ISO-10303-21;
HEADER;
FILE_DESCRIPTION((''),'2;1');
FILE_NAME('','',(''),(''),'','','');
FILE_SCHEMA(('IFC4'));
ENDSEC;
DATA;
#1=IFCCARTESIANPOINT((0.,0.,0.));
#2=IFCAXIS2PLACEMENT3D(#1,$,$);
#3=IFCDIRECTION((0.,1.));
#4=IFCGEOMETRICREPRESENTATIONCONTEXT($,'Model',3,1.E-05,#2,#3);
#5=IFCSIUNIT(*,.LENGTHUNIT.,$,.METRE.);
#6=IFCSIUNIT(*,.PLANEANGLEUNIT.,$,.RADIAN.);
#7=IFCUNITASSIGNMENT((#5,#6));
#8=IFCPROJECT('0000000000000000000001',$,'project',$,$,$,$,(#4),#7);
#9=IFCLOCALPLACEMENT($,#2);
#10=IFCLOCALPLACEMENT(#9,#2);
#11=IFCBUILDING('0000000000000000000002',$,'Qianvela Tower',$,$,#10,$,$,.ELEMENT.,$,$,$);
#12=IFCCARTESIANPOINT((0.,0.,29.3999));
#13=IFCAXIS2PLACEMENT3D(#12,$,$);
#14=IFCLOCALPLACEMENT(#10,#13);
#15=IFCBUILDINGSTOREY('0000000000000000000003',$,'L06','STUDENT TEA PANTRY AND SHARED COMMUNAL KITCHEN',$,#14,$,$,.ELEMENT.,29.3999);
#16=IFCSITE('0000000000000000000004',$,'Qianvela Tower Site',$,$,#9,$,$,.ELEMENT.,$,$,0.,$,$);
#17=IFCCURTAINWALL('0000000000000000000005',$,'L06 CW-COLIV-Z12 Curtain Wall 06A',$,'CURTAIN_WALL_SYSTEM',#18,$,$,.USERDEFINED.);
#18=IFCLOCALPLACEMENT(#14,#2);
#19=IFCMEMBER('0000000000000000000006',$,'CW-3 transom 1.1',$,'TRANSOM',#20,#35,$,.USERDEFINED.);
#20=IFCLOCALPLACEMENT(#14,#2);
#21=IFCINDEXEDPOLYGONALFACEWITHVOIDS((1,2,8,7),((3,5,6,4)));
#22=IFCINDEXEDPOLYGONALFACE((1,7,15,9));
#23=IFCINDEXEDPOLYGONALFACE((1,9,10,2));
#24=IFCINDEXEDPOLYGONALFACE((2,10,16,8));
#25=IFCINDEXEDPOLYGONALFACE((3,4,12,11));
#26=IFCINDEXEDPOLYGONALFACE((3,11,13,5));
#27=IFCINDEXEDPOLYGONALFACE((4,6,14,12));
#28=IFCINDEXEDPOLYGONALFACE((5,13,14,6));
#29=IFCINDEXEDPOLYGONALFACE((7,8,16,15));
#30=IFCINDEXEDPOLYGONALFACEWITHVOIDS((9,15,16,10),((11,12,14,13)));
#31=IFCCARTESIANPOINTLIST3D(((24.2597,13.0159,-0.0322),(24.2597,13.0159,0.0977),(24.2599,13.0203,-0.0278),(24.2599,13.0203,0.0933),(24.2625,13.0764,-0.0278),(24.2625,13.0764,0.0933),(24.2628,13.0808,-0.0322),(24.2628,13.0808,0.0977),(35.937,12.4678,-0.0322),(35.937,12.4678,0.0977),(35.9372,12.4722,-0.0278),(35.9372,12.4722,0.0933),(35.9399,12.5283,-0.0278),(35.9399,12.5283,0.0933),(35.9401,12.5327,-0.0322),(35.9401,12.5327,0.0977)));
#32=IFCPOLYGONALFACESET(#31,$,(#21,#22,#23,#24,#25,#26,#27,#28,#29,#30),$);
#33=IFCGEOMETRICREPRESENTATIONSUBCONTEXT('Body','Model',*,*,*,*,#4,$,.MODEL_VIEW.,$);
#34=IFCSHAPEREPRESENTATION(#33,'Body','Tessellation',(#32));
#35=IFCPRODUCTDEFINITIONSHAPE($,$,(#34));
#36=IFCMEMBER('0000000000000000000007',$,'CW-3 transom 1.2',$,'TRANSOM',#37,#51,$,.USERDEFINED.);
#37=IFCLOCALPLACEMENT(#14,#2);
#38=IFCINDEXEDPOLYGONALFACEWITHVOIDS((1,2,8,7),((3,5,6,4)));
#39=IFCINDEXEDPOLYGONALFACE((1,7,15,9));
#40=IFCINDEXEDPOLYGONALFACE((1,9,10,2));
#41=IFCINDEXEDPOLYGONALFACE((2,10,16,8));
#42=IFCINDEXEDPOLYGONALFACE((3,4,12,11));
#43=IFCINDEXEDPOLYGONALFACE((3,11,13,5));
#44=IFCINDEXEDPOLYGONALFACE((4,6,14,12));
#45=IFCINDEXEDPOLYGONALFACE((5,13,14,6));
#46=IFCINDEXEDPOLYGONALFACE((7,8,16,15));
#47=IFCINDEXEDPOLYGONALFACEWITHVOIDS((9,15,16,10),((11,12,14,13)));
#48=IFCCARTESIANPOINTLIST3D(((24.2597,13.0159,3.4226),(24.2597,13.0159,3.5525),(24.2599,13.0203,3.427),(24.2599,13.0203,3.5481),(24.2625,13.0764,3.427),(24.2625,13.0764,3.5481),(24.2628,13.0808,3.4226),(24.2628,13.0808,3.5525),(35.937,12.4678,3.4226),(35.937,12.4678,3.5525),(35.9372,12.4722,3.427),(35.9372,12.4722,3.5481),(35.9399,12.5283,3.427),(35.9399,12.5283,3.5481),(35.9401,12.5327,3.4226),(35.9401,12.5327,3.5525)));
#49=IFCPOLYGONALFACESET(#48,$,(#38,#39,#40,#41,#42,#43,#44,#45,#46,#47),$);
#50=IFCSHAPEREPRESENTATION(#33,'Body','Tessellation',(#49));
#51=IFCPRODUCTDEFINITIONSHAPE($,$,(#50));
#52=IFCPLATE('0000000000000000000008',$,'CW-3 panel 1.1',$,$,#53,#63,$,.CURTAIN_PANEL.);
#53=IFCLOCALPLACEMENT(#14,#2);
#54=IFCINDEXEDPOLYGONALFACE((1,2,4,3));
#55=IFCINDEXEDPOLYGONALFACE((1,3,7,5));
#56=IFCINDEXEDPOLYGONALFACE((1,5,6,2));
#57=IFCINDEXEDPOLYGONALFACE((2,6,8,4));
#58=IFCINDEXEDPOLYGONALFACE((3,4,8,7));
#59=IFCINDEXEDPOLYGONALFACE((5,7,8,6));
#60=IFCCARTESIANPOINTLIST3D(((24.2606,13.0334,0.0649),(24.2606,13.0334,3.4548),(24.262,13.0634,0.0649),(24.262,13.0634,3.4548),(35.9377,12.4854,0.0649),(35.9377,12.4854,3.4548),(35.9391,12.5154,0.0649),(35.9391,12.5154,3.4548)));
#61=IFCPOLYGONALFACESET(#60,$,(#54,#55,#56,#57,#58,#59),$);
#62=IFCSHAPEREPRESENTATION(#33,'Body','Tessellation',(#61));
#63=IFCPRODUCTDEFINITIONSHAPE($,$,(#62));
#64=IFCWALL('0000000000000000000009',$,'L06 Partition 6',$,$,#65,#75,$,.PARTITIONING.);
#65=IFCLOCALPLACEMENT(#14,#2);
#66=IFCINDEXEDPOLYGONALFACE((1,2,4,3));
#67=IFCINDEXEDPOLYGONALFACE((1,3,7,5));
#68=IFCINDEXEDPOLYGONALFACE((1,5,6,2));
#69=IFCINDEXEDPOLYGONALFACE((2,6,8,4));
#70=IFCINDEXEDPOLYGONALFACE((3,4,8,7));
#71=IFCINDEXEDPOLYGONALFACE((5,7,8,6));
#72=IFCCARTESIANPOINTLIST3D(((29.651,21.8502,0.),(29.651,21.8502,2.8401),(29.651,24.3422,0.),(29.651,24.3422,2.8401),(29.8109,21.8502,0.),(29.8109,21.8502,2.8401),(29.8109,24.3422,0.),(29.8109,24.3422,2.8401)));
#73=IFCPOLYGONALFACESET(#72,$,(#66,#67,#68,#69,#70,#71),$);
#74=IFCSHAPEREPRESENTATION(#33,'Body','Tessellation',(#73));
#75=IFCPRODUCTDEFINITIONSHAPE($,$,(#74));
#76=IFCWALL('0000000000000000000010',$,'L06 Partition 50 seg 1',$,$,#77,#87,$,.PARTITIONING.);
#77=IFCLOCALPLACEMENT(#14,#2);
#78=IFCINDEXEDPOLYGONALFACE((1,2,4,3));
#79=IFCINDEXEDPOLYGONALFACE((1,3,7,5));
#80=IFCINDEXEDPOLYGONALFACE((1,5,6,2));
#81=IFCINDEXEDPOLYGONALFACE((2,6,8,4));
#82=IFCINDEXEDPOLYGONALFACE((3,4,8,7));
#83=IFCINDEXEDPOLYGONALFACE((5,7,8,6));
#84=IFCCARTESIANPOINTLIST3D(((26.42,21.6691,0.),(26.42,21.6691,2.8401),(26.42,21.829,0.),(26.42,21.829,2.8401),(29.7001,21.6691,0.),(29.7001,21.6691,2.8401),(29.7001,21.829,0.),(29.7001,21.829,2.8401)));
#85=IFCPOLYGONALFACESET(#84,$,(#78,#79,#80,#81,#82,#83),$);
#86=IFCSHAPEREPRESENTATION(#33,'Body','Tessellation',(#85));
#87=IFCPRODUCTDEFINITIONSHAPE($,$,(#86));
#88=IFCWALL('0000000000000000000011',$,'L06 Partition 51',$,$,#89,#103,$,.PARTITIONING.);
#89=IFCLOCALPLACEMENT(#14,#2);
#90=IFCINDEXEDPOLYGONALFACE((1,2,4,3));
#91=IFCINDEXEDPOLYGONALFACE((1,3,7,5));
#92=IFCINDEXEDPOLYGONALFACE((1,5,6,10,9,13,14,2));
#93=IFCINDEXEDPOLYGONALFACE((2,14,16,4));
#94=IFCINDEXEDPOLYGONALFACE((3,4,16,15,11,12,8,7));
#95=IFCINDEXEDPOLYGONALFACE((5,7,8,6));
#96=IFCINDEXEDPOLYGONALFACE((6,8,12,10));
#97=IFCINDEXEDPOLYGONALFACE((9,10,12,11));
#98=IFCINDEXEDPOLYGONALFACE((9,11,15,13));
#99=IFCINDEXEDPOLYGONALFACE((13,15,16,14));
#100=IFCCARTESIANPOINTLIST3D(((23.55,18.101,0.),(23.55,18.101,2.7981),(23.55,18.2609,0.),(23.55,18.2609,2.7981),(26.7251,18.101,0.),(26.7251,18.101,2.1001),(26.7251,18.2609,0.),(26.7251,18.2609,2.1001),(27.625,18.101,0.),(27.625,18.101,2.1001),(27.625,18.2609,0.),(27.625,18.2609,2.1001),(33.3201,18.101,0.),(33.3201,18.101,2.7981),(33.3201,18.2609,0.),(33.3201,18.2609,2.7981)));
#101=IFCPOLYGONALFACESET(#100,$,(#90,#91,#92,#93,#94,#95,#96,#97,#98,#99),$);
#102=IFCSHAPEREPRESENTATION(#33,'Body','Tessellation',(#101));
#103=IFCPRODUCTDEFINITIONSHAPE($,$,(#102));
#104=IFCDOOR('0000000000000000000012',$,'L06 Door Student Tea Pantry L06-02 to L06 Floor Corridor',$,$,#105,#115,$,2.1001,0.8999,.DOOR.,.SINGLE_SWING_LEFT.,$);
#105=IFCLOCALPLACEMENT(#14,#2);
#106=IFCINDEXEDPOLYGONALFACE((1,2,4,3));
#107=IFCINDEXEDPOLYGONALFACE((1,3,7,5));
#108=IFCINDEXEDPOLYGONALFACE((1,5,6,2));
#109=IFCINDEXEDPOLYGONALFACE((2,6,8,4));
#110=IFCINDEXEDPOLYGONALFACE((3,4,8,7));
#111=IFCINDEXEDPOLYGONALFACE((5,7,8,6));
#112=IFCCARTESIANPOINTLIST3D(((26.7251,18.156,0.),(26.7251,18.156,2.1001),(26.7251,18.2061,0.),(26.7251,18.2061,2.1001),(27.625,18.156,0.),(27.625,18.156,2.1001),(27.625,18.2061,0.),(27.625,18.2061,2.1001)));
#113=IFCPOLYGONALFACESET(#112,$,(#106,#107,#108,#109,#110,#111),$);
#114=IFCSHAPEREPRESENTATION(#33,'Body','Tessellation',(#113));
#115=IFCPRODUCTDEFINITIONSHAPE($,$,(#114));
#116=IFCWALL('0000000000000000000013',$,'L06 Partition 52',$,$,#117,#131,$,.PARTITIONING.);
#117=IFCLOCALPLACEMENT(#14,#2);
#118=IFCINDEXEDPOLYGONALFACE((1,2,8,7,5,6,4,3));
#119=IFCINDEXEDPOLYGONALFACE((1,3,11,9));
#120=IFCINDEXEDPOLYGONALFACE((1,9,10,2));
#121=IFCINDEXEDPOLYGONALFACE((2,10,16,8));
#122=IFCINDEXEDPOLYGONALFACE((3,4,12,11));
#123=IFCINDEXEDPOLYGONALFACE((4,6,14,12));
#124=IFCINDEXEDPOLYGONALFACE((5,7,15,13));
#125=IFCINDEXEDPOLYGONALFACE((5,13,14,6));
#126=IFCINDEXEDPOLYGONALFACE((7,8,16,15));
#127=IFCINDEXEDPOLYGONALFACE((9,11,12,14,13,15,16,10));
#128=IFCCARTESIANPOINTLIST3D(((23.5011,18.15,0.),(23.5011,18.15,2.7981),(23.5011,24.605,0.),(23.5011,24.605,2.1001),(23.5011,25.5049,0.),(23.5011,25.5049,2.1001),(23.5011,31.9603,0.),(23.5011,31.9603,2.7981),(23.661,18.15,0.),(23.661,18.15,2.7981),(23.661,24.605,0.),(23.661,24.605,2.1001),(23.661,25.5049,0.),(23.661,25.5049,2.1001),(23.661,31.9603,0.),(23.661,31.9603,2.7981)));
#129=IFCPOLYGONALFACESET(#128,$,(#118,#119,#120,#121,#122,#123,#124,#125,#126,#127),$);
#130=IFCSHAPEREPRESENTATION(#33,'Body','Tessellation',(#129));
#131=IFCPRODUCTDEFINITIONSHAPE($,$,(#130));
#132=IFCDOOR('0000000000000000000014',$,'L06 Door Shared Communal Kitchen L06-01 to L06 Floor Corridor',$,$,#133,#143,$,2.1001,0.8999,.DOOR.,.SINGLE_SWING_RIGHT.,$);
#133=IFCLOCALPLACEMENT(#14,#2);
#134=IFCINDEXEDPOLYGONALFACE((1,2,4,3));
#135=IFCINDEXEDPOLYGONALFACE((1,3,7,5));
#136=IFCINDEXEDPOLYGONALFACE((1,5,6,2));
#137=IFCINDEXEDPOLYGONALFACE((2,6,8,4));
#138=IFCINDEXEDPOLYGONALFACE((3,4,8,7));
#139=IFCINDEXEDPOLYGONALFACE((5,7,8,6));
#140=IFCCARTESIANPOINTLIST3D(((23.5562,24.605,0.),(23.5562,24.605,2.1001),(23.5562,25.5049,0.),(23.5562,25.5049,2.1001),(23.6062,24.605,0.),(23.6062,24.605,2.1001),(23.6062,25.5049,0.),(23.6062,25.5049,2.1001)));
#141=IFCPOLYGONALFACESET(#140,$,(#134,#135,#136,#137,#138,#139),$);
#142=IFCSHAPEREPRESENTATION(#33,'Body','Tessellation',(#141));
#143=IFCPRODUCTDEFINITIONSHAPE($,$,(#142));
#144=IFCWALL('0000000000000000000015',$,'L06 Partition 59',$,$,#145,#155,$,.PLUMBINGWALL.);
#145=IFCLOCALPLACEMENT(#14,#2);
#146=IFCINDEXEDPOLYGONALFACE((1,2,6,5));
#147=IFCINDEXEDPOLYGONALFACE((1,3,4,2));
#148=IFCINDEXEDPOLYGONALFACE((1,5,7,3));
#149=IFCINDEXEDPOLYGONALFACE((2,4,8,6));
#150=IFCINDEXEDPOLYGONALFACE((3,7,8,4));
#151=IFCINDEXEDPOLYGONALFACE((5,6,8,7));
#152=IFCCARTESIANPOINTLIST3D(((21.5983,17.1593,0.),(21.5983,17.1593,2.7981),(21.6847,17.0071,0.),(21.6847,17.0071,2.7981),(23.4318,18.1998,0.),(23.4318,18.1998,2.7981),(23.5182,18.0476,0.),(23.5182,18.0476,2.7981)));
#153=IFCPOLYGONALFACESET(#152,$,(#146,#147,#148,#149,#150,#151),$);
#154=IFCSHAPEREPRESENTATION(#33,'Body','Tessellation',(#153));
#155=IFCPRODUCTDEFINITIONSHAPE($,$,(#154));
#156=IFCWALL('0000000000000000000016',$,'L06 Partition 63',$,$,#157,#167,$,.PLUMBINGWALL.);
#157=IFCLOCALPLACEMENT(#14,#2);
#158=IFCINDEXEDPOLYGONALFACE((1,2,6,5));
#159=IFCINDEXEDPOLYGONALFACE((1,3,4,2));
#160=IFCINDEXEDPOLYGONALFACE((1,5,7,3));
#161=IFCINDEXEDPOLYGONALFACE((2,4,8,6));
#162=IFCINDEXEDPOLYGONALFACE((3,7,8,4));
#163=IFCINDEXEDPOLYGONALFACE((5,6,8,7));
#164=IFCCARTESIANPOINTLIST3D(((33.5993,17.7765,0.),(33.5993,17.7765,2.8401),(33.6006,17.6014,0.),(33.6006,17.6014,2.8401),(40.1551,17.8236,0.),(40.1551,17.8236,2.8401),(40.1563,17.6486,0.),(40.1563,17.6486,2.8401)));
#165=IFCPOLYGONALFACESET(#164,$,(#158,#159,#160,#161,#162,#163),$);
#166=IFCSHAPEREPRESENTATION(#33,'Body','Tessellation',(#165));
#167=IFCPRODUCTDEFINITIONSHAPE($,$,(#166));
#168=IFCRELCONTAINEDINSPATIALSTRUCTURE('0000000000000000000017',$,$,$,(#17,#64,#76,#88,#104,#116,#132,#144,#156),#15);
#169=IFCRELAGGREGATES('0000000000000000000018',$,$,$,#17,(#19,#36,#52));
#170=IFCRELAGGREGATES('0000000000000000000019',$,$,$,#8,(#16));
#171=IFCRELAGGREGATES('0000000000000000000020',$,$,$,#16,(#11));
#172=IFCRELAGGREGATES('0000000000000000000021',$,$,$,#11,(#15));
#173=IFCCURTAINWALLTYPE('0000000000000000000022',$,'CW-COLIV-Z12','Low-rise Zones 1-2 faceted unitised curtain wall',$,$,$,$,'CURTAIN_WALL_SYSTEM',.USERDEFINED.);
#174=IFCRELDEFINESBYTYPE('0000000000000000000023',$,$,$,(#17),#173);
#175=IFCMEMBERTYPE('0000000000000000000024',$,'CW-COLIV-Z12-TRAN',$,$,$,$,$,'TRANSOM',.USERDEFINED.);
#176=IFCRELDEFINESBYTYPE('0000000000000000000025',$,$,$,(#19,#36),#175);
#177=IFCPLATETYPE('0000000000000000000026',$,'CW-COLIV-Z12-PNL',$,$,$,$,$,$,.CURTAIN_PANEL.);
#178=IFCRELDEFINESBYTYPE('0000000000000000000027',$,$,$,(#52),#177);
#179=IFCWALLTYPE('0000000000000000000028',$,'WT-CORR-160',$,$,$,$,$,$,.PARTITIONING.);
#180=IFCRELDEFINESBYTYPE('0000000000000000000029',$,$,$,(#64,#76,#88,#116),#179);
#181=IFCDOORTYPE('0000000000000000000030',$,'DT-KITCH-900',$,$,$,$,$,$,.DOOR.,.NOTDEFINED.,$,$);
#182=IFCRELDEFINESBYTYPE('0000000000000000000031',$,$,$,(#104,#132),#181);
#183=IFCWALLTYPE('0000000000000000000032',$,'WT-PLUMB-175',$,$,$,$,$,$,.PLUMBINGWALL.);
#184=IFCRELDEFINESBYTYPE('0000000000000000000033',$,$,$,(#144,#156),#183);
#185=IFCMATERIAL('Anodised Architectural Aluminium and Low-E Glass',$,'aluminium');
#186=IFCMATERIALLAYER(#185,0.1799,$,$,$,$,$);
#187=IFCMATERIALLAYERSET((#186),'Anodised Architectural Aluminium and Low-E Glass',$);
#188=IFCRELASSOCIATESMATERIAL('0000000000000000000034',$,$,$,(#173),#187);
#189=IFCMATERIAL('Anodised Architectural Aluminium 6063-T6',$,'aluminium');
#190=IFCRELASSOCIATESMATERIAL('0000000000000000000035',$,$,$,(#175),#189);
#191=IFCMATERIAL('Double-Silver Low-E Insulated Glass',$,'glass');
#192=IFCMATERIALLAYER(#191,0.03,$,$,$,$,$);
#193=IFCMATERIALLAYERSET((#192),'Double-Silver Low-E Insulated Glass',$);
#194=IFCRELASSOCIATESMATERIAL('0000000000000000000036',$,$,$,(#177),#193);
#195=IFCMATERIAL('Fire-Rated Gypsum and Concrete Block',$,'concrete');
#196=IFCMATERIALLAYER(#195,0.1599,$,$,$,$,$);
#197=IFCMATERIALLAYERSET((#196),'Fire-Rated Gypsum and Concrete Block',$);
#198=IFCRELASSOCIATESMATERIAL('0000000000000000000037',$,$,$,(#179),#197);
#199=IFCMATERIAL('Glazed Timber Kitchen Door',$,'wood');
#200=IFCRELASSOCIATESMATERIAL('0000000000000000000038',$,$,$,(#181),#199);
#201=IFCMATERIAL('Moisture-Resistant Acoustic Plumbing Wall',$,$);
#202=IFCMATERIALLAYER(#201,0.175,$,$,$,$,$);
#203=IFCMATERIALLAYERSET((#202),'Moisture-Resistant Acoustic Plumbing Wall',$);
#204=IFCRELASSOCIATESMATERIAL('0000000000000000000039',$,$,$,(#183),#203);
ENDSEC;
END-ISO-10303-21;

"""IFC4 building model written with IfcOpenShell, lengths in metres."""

from ifc_helpers import new_model, si_unit, direction, frame, frame_2d, origin, origin_2d, place, context, subcontext, project, spatial, rectangle, hollow_rectangle, extrude, material, layer, layer_set, material_profile, profile_set, type_object, element, fill, aggregate, save


model = new_model("IFC4")

# Units and contexts
model_context = context("Model", 3, precision=1e-05, world=origin(), true_north=direction((0.0, 1.0)))
body_context = subcontext(model_context, "Body", "Model", "MODEL_VIEW")
ifc_project = project(units=[si_unit("LENGTHUNIT", "METRE"), si_unit("PLANEANGLEUNIT", "RADIAN")], contexts=[model_context])

# Site, building, storey
site_placement = place(None, origin())
site = spatial("IfcSite", under=ifc_project, at=site_placement, Name="Qianvela Tower Site", CompositionType="ELEMENT", RefElevation=0.0)
building_placement = place(site_placement, origin())
building = spatial("IfcBuilding", under=site, at=building_placement, Name="Qianvela Tower", CompositionType="ELEMENT")
storey_placement = place(building_placement, frame((0.0, 0.0, 29.3999)))
storey = spatial("IfcBuildingStorey", under=building, at=storey_placement, Name="L06", Description="STUDENT TEA PANTRY AND SHARED COMMUNAL KITCHEN", CompositionType="ELEMENT", Elevation=29.3999)

# Curtain wall, members, plate
ifc_material_1 = material(Name="Anodised Architectural Aluminium and Low-E Glass", Category="aluminium")
ifc_layer_1 = layer(ifc_material_1, 0.1799)
ifc_layer_set_1 = layer_set([ifc_layer_1], Name="Anodised Architectural Aluminium and Low-E Glass")
curtain_wall_type = type_object("IfcCurtainWallType", Name="CW-COLIV-Z12", Description="Low-rise Zones 1-2 faceted unitised curtain wall", ElementType="CURTAIN_WALL_SYSTEM", PredefinedType="USERDEFINED", material=ifc_layer_set_1)
curtain_wall_placement = place(storey_placement, origin())
curtain_wall = element("IfcCurtainWall", 1, at=curtain_wall_placement, inside=storey, type_object=curtain_wall_type, Name="L06 CW-COLIV-Z12 Curtain Wall 06A", ObjectType="CURTAIN_WALL_SYSTEM", PredefinedType="USERDEFINED")
ifc_material_2 = material(Name="Anodised Architectural Aluminium 6063-T6", Category="aluminium")
ifc_material_profile_1 = material_profile(ifc_material_2, hollow_rectangle(XDim=0.0649, YDim=0.1299, WallThickness=0.0044, at=origin_2d()), Name="ALU-TRAN-65x130")
ifc_profile_set_1 = profile_set([ifc_material_profile_1], Name="Anodised Architectural Aluminium 6063-T6")
member_type_1 = type_object("IfcMemberType", Name="CW-COLIV-Z12-TRAN", ElementType="TRANSOM", PredefinedType="USERDEFINED", material=ifc_profile_set_1)
member_1_placement = place(storey_placement, frame((24.2612, 13.0483, 0.0327), z_axis=(0.9989, -0.046885, 0.0), x_axis=(0.046885, 0.9989, 0.0)))
member_1 = element("IfcMember", 2, at=member_1_placement, type_object=member_type_1, Name="CW-3 transom 1.1", ObjectType="TRANSOM", PredefinedType="USERDEFINED", context=body_context, shape_type="SweptSolid", body=[
    extrude(hollow_rectangle(XDim=0.0649, YDim=0.1299, WallThickness=0.0044, at=origin_2d()), origin(), (0.0, 0.0, 1.0), 11.6902),
])
member_2_placement = place(storey_placement, frame((24.2612, 13.0483, 3.4875), z_axis=(0.9989, -0.046885, 0.0), x_axis=(0.046885, 0.9989, 0.0)))
member_2 = element("IfcMember", 3, at=member_2_placement, type_object=member_type_1, Name="CW-3 transom 1.2", ObjectType="TRANSOM", PredefinedType="USERDEFINED", context=body_context, shape_type="SweptSolid", body=[
    extrude(hollow_rectangle(XDim=0.0649, YDim=0.1299, WallThickness=0.0044, at=origin_2d()), origin(), (0.0, 0.0, 1.0), 11.6902),
])
ifc_material_3 = material(Name="Double-Silver Low-E Insulated Glass", Category="glass")
ifc_layer_2 = layer(ifc_material_3, 0.03)
ifc_layer_set_2 = layer_set([ifc_layer_2], Name="Double-Silver Low-E Insulated Glass")
plate_type = type_object("IfcPlateType", Name="CW-COLIV-Z12-PNL", PredefinedType="CURTAIN_PANEL", material=ifc_layer_set_2)
plate_placement = place(storey_placement, frame((30.0999, 12.7744, 0.0649), z_axis=(0.0, 0.0, 1.0), x_axis=(0.9989, -0.046881, 0.0)))
plate = element("IfcPlate", 4, at=plate_placement, type_object=plate_type, Name="CW-3 panel 1.1", PredefinedType="CURTAIN_PANEL", context=body_context, shape_type="SweptSolid", body=[
    extrude(rectangle(XDim=11.6899, YDim=0.03, at=origin_2d()), origin(), (0.0, 0.0, 1.0), 3.3899),
])
aggregate(curtain_wall, [member_1, member_2, plate])

# Shared definitions
ifc_material_4 = material(Name="Fire-Rated Gypsum and Concrete Block", Category="concrete")
ifc_layer_3 = layer(ifc_material_4, 0.1599)
ifc_layer_set_3 = layer_set([ifc_layer_3], Name="Fire-Rated Gypsum and Concrete Block")
wall_type_1 = type_object("IfcWallType", Name="WT-CORR-160", PredefinedType="PARTITIONING", material=ifc_layer_set_3)

# Walls
wall_1_placement = place(storey_placement, frame((29.731, 21.8501, 0.0), z_axis=(0.0, 0.0, 1.0), x_axis=(0.0, 1.0, 0.0)))
element("IfcWall", 5, at=wall_1_placement, inside=storey, type_object=wall_type_1, Name="L06 Partition 6", PredefinedType="PARTITIONING", context=body_context, shape_type="SweptSolid", body=[
    extrude(rectangle(XDim=2.4919, YDim=0.1599, at=frame_2d((1.2461, 0.0))), origin(), (0.0, 0.0, 1.0), 2.8401),
])
wall_2_placement = place(storey_placement, frame((26.4199, 21.749, 0.0), z_axis=(0.0, 0.0, 1.0), x_axis=(1.0, 0.0, 0.0)))
element("IfcWall", 6, at=wall_2_placement, inside=storey, type_object=wall_type_1, Name="L06 Partition 50 seg 1", PredefinedType="PARTITIONING", context=body_context, shape_type="SweptSolid", body=[
    extrude(rectangle(XDim=3.28, YDim=0.1599, at=frame_2d((1.6401, 0.0))), origin(), (0.0, 0.0, 1.0), 2.8401),
])

# Walls, openings, doors
wall_3_placement = place(storey_placement, frame((33.3201, 18.1809, 0.0), z_axis=(0.0, 0.0, 1.0), x_axis=(-1.0, 0.0, 0.0)))
wall_3 = element("IfcWall", 7, at=wall_3_placement, inside=storey, type_object=wall_type_1, Name="L06 Partition 51", PredefinedType="PARTITIONING", context=body_context, shape_type="SweptSolid", body=[
    extrude(rectangle(XDim=9.77, YDim=0.1599, at=frame_2d((4.885, 0.0))), origin(), (0.0, 0.0, 1.0), 2.7981),
])
opening_1_placement = place(wall_3_placement, frame((5.6951, 0.0, 0.0)))
opening_1 = element("IfcOpeningElement", 8, at=opening_1_placement, cuts=wall_3, PredefinedType="OPENING", context=body_context, shape_type="SweptSolid", body=[
    extrude(rectangle(XDim=0.8999, YDim=2.1001, at=frame_2d((0.45, 1.05))), frame((0.0, 0.0898, 0.0), z_axis=(0.0, -1.0, 0.0), x_axis=(1.0, 0.0, 0.0)), (0.0, 0.0, 1.0), 0.1799),
])
ifc_material_5 = material(Name="Glazed Timber Kitchen Door", Category="wood")
door_type_1 = type_object("IfcDoorType", Name="DT-KITCH-900", OperationType="NOTDEFINED", PredefinedType="DOOR", material=ifc_material_5)
door_1_placement = place(opening_1_placement, origin())
door_1 = element("IfcDoor", 9, at=door_1_placement, inside=storey, type_object=door_type_1, Name="L06 Door Student Tea Pantry L06-02 to L06 Floor Corridor", OperationType="SINGLE_SWING_LEFT", OverallHeight=2.1001, OverallWidth=0.8999, PredefinedType="DOOR", context=body_context, shape_type="SweptSolid", body=[
    extrude(rectangle(XDim=0.8999, YDim=2.1001, at=frame_2d((0.45, 1.05))), frame((0.0, 0.0249, 0.0), z_axis=(0.0, -1.0, 0.0), x_axis=(1.0, 0.0, 0.0)), (0.0, 0.0, 1.0), 0.05),
])
fill(opening_1, door_1)
wall_4_placement = place(storey_placement, frame((23.5811, 18.1499, 0.0), z_axis=(0.0, 0.0, 1.0), x_axis=(0.0, 1.0, 0.0)))
wall_4 = element("IfcWall", 10, at=wall_4_placement, inside=storey, type_object=wall_type_1, Name="L06 Partition 52", PredefinedType="PARTITIONING", context=body_context, shape_type="SweptSolid", body=[
    extrude(rectangle(XDim=13.8103, YDim=0.1599, at=frame_2d((6.9053, 0.0))), origin(), (0.0, 0.0, 1.0), 2.7981),
])
opening_2_placement = place(wall_4_placement, frame((6.4551, 0.0, 0.0)))
opening_2 = element("IfcOpeningElement", 11, at=opening_2_placement, cuts=wall_4, PredefinedType="OPENING", context=body_context, shape_type="SweptSolid", body=[
    extrude(rectangle(XDim=0.8999, YDim=2.1001, at=frame_2d((0.45, 1.05))), frame((0.0, 0.0898, 0.0), z_axis=(0.0, -1.0, 0.0), x_axis=(1.0, 0.0, 0.0)), (0.0, 0.0, 1.0), 0.1799),
])
door_2_placement = place(opening_2_placement, origin())
door_2 = element("IfcDoor", 12, at=door_2_placement, inside=storey, type_object=door_type_1, Name="L06 Door Shared Communal Kitchen L06-01 to L06 Floor Corridor", OperationType="SINGLE_SWING_RIGHT", OverallHeight=2.1001, OverallWidth=0.8999, PredefinedType="DOOR", context=body_context, shape_type="SweptSolid", body=[
    extrude(rectangle(XDim=0.8999, YDim=2.1001, at=frame_2d((0.45, 1.05))), frame((0.0, 0.0249, 0.0), z_axis=(0.0, -1.0, 0.0), x_axis=(1.0, 0.0, 0.0)), (0.0, 0.0, 1.0), 0.05),
])
fill(opening_2, door_2)

# Walls
ifc_material_6 = material(Name="Moisture-Resistant Acoustic Plumbing Wall")
ifc_layer_4 = layer(ifc_material_6, 0.175)
ifc_layer_set_4 = layer_set([ifc_layer_4], Name="Moisture-Resistant Acoustic Plumbing Wall")
wall_type_2 = type_object("IfcWallType", Name="WT-PLUMB-175", PredefinedType="PLUMBINGWALL", material=ifc_layer_set_4)
wall_5_placement = place(storey_placement, frame((23.4751, 18.1238, 0.0), z_axis=(0.0, 0.0, 1.0), x_axis=(-0.869707, -0.493568, 0.0)))
element("IfcWall", 13, at=wall_5_placement, inside=storey, type_object=wall_type_2, Name="L06 Partition 59", PredefinedType="PLUMBINGWALL", context=body_context, shape_type="SweptSolid", body=[
    extrude(rectangle(XDim=2.1082, YDim=0.175, at=frame_2d((1.0542, 0.0))), origin(), (0.0, 0.0, 1.0), 2.7981),
])
wall_6_placement = place(storey_placement, frame((33.6001, 17.689, 0.0), z_axis=(0.0, 0.0, 1.0), x_axis=(0.999974, 0.007187, 0.0)))
element("IfcWall", 14, at=wall_6_placement, inside=storey, type_object=wall_type_2, Name="L06 Partition 63", PredefinedType="PLUMBINGWALL", context=body_context, shape_type="SweptSolid", body=[
    extrude(rectangle(XDim=6.5559, YDim=0.175, at=frame_2d((3.2778, 0.0))), origin(), (0.0, 0.0, 1.0), 2.8401),
])

save(model, "model.ifc")
